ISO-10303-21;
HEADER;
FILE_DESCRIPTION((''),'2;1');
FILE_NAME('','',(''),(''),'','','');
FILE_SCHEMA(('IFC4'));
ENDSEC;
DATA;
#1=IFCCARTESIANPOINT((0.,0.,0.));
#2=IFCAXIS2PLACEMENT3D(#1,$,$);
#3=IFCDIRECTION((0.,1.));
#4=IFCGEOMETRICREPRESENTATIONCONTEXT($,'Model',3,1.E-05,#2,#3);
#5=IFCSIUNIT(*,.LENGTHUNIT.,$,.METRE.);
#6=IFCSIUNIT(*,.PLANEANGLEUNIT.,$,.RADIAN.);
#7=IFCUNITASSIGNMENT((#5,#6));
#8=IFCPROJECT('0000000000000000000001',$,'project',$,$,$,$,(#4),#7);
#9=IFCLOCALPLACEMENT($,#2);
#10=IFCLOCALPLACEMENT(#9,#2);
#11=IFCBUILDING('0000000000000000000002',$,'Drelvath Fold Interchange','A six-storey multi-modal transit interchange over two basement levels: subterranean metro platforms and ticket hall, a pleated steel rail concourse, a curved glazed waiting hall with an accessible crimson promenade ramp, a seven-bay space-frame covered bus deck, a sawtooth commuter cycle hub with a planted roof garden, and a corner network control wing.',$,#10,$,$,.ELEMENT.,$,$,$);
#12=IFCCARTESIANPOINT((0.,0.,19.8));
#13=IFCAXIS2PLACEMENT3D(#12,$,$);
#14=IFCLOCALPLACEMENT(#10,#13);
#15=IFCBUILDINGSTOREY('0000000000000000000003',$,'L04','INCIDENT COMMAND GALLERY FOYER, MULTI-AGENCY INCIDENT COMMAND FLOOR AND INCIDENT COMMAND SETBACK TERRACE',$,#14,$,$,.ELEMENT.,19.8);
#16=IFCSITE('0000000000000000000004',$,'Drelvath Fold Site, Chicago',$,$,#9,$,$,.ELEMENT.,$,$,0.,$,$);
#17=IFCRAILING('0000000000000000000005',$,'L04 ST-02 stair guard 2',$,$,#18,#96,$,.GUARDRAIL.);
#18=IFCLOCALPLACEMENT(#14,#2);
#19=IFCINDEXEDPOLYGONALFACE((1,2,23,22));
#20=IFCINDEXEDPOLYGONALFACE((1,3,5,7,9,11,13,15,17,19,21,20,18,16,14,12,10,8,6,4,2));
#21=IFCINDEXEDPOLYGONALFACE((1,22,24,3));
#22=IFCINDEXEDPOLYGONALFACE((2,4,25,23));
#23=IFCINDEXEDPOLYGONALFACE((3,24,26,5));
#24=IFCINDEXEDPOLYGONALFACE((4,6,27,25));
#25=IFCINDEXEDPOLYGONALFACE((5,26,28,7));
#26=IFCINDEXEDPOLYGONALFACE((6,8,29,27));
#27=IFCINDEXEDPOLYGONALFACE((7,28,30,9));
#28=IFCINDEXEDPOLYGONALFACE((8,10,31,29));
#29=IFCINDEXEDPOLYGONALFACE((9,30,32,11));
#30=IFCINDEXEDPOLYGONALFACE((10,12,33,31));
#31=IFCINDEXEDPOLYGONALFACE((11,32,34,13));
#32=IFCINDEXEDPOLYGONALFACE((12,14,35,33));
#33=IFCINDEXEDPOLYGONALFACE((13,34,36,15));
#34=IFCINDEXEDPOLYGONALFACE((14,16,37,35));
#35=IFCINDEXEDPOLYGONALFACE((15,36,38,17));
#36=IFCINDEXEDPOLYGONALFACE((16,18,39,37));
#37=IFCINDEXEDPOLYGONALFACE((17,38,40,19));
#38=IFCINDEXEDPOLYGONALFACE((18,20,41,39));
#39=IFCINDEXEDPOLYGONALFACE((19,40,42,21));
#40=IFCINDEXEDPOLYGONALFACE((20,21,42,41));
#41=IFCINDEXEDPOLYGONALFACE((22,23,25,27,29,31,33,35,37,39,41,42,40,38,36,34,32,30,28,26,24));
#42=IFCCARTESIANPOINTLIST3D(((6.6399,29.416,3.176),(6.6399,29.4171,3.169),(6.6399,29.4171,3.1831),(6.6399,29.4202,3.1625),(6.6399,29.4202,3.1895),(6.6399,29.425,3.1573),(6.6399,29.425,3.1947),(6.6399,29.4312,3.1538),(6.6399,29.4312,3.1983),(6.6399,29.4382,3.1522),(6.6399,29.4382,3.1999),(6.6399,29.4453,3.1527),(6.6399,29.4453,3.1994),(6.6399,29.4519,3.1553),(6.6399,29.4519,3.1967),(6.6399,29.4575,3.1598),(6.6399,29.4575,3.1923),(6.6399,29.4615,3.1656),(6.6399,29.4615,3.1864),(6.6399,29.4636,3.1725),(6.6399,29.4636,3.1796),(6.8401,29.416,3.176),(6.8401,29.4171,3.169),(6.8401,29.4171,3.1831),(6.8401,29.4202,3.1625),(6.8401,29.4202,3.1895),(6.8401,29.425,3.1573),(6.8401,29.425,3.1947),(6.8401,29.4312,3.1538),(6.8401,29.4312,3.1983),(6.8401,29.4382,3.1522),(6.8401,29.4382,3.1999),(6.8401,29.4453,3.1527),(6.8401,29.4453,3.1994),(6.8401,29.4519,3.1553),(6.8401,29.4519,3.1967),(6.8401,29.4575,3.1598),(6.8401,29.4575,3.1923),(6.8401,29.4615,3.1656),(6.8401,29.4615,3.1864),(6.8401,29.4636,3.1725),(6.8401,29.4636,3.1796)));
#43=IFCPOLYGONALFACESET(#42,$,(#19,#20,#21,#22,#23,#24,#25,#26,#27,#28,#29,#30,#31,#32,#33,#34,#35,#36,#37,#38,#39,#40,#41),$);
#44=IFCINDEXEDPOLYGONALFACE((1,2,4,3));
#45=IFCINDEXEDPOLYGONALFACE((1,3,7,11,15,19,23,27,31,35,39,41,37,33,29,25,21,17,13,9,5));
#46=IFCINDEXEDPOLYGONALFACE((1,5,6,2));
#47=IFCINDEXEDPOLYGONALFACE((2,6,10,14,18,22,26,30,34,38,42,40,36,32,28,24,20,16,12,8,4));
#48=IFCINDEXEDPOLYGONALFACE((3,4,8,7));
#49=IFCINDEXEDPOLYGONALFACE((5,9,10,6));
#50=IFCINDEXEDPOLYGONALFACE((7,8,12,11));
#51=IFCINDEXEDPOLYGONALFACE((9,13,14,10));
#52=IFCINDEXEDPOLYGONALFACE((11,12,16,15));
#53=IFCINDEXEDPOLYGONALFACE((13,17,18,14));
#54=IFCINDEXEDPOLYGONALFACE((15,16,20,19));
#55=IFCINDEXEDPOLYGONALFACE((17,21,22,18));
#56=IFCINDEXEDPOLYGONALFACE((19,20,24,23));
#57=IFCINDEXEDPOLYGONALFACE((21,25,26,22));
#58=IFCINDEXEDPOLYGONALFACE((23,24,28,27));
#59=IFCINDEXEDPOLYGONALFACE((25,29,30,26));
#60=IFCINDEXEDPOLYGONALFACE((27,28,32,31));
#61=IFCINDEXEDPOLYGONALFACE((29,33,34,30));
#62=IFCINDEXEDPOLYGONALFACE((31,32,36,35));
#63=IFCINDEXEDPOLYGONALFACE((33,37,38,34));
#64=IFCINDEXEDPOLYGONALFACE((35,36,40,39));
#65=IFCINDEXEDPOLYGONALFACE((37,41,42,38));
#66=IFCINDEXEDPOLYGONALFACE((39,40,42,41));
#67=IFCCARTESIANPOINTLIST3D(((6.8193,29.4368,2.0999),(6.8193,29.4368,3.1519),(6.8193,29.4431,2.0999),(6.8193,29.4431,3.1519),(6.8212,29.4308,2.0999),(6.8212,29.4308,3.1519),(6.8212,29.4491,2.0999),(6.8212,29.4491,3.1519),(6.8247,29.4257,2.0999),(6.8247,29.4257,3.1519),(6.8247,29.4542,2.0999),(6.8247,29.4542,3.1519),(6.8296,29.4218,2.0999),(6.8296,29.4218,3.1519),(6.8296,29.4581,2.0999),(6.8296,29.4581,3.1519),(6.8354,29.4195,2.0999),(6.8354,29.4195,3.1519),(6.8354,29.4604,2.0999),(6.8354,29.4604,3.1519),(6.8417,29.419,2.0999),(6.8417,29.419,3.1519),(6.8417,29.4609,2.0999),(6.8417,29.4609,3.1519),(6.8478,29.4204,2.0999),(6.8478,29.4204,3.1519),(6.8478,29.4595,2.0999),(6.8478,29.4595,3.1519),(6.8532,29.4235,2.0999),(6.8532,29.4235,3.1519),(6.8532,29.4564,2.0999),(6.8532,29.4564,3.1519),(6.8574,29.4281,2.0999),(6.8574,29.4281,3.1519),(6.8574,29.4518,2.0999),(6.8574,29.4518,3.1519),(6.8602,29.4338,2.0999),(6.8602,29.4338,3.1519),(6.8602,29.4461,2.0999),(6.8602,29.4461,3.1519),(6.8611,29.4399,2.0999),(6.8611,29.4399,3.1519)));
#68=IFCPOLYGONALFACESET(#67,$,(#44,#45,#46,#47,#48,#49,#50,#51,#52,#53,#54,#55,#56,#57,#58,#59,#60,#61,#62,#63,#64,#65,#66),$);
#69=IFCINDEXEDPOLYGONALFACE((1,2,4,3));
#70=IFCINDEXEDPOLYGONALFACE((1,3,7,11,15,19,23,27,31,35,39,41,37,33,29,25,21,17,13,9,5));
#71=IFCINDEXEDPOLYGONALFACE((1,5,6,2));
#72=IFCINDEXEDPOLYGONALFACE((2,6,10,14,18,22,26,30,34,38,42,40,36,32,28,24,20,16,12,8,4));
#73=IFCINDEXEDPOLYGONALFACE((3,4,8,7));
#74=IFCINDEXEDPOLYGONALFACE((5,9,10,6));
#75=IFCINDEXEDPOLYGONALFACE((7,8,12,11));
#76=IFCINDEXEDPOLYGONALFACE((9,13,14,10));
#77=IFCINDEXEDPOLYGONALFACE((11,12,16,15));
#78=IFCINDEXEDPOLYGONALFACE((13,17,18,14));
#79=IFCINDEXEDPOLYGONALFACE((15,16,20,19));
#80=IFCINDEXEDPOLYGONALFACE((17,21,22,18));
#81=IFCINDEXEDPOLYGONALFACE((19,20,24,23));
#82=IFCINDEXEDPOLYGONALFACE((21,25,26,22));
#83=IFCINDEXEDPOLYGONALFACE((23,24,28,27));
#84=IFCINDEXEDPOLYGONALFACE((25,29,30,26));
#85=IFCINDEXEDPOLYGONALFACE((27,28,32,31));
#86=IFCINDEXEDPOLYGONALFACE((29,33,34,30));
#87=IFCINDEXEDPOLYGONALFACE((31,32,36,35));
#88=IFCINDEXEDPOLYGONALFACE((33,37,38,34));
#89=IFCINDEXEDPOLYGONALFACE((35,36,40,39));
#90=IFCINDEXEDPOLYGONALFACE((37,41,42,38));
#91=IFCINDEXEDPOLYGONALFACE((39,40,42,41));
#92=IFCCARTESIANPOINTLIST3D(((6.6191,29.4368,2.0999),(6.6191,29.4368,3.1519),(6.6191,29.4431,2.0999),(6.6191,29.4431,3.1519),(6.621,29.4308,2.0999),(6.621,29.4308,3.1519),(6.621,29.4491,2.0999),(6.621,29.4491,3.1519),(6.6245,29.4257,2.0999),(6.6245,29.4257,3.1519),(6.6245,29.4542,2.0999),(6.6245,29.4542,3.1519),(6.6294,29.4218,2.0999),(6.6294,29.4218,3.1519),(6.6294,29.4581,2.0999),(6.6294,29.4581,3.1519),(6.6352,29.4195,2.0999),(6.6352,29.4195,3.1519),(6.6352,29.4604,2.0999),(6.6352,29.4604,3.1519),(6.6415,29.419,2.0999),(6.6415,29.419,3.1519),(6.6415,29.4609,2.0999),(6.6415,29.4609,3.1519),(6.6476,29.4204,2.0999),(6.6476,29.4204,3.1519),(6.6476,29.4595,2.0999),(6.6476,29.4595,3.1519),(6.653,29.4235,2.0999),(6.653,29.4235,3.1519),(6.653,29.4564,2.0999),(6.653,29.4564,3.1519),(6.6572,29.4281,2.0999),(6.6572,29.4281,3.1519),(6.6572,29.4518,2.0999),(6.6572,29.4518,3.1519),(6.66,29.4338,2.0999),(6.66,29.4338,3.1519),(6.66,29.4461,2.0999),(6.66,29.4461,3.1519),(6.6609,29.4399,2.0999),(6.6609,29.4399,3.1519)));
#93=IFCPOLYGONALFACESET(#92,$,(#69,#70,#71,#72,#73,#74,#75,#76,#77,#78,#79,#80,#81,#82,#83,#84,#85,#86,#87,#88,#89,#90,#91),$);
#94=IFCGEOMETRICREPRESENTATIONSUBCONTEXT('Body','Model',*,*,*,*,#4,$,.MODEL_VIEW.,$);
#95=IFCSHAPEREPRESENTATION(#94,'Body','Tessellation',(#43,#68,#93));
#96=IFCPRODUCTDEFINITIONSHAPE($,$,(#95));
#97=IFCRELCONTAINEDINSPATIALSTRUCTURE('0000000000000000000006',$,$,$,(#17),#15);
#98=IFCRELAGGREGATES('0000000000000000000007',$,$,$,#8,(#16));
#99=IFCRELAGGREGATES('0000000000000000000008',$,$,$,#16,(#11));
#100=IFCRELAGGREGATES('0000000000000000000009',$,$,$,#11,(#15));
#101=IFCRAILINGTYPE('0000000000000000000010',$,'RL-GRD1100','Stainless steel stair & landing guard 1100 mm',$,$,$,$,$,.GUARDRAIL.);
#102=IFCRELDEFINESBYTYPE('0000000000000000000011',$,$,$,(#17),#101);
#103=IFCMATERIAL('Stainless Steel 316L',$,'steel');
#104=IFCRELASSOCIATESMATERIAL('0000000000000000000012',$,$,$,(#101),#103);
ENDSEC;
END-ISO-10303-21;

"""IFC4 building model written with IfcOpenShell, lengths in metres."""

from ifc_helpers import new_model, si_unit, direction, frame, origin, origin_2d, place, context, subcontext, project, spatial, circle, extrude, material, type_object, element, save


model = new_model("IFC4")

# Units and contexts
model_context = context("Model", 3, precision=1e-05, world=origin(), true_north=direction((0.0, 1.0)))
body_context = subcontext(model_context, "Body", "Model", "MODEL_VIEW")
ifc_project = project(units=[si_unit("LENGTHUNIT", "METRE"), si_unit("PLANEANGLEUNIT", "RADIAN")], contexts=[model_context])

# Site, building, storey
site_placement = place(None, origin())
site = spatial("IfcSite", under=ifc_project, at=site_placement, Name="Drelvath Fold Site, Chicago", CompositionType="ELEMENT", RefElevation=0.0)
building_placement = place(site_placement, origin())
building = spatial("IfcBuilding", under=site, at=building_placement, Name="Drelvath Fold Interchange", Description="A six-storey multi-modal transit interchange over two basement levels: subterranean metro platforms and ticket hall, a pleated steel rail concourse, a curved glazed waiting hall with an accessible crimson promenade ramp, a seven-bay space-frame covered bus deck, a sawtooth commuter cycle hub with a planted roof garden, and a corner network control wing.", CompositionType="ELEMENT")
storey_placement = place(building_placement, frame((0.0, 0.0, 19.8)))
storey = spatial("IfcBuildingStorey", under=building, at=storey_placement, Name="L04", Description="INCIDENT COMMAND GALLERY FOYER, MULTI-AGENCY INCIDENT COMMAND FLOOR AND INCIDENT COMMAND SETBACK TERRACE", CompositionType="ELEMENT", Elevation=19.8)

# Railing
ifc_material_1 = material(Name="Stainless Steel 316L", Category="steel")
railing_type_1 = type_object("IfcRailingType", Name="RL-GRD1100", Description="Stainless steel stair & landing guard 1100 mm", PredefinedType="GUARDRAIL", material=ifc_material_1)
railing_1_placement = place(storey_placement, frame((6.8401, 29.4399, 2.0999)))
element("IfcRailing", 1, at=railing_1_placement, inside=storey, type_object=railing_type_1, Name="L04 ST-02 stair guard 2", PredefinedType="GUARDRAIL", context=body_context, shape_type="SweptSolid", body=[
    extrude(circle(Radius=0.0239, at=origin_2d()), frame((0.0, 0.0, 1.0762), z_axis=(-1.0, 0.0, 0.0), x_axis=(0.0, -1.0, 0.0)), (0.0, 0.0, 1.0), 0.2002),
    extrude(circle(Radius=0.021, at=origin_2d()), origin(), (0.0, 0.0, 1.0), 1.052),
    extrude(circle(Radius=0.021, at=origin_2d()), frame((-0.2002, 0.0, 0.0)), (0.0, 0.0, 1.0), 1.052),
])

save(model, "model.ifc")
